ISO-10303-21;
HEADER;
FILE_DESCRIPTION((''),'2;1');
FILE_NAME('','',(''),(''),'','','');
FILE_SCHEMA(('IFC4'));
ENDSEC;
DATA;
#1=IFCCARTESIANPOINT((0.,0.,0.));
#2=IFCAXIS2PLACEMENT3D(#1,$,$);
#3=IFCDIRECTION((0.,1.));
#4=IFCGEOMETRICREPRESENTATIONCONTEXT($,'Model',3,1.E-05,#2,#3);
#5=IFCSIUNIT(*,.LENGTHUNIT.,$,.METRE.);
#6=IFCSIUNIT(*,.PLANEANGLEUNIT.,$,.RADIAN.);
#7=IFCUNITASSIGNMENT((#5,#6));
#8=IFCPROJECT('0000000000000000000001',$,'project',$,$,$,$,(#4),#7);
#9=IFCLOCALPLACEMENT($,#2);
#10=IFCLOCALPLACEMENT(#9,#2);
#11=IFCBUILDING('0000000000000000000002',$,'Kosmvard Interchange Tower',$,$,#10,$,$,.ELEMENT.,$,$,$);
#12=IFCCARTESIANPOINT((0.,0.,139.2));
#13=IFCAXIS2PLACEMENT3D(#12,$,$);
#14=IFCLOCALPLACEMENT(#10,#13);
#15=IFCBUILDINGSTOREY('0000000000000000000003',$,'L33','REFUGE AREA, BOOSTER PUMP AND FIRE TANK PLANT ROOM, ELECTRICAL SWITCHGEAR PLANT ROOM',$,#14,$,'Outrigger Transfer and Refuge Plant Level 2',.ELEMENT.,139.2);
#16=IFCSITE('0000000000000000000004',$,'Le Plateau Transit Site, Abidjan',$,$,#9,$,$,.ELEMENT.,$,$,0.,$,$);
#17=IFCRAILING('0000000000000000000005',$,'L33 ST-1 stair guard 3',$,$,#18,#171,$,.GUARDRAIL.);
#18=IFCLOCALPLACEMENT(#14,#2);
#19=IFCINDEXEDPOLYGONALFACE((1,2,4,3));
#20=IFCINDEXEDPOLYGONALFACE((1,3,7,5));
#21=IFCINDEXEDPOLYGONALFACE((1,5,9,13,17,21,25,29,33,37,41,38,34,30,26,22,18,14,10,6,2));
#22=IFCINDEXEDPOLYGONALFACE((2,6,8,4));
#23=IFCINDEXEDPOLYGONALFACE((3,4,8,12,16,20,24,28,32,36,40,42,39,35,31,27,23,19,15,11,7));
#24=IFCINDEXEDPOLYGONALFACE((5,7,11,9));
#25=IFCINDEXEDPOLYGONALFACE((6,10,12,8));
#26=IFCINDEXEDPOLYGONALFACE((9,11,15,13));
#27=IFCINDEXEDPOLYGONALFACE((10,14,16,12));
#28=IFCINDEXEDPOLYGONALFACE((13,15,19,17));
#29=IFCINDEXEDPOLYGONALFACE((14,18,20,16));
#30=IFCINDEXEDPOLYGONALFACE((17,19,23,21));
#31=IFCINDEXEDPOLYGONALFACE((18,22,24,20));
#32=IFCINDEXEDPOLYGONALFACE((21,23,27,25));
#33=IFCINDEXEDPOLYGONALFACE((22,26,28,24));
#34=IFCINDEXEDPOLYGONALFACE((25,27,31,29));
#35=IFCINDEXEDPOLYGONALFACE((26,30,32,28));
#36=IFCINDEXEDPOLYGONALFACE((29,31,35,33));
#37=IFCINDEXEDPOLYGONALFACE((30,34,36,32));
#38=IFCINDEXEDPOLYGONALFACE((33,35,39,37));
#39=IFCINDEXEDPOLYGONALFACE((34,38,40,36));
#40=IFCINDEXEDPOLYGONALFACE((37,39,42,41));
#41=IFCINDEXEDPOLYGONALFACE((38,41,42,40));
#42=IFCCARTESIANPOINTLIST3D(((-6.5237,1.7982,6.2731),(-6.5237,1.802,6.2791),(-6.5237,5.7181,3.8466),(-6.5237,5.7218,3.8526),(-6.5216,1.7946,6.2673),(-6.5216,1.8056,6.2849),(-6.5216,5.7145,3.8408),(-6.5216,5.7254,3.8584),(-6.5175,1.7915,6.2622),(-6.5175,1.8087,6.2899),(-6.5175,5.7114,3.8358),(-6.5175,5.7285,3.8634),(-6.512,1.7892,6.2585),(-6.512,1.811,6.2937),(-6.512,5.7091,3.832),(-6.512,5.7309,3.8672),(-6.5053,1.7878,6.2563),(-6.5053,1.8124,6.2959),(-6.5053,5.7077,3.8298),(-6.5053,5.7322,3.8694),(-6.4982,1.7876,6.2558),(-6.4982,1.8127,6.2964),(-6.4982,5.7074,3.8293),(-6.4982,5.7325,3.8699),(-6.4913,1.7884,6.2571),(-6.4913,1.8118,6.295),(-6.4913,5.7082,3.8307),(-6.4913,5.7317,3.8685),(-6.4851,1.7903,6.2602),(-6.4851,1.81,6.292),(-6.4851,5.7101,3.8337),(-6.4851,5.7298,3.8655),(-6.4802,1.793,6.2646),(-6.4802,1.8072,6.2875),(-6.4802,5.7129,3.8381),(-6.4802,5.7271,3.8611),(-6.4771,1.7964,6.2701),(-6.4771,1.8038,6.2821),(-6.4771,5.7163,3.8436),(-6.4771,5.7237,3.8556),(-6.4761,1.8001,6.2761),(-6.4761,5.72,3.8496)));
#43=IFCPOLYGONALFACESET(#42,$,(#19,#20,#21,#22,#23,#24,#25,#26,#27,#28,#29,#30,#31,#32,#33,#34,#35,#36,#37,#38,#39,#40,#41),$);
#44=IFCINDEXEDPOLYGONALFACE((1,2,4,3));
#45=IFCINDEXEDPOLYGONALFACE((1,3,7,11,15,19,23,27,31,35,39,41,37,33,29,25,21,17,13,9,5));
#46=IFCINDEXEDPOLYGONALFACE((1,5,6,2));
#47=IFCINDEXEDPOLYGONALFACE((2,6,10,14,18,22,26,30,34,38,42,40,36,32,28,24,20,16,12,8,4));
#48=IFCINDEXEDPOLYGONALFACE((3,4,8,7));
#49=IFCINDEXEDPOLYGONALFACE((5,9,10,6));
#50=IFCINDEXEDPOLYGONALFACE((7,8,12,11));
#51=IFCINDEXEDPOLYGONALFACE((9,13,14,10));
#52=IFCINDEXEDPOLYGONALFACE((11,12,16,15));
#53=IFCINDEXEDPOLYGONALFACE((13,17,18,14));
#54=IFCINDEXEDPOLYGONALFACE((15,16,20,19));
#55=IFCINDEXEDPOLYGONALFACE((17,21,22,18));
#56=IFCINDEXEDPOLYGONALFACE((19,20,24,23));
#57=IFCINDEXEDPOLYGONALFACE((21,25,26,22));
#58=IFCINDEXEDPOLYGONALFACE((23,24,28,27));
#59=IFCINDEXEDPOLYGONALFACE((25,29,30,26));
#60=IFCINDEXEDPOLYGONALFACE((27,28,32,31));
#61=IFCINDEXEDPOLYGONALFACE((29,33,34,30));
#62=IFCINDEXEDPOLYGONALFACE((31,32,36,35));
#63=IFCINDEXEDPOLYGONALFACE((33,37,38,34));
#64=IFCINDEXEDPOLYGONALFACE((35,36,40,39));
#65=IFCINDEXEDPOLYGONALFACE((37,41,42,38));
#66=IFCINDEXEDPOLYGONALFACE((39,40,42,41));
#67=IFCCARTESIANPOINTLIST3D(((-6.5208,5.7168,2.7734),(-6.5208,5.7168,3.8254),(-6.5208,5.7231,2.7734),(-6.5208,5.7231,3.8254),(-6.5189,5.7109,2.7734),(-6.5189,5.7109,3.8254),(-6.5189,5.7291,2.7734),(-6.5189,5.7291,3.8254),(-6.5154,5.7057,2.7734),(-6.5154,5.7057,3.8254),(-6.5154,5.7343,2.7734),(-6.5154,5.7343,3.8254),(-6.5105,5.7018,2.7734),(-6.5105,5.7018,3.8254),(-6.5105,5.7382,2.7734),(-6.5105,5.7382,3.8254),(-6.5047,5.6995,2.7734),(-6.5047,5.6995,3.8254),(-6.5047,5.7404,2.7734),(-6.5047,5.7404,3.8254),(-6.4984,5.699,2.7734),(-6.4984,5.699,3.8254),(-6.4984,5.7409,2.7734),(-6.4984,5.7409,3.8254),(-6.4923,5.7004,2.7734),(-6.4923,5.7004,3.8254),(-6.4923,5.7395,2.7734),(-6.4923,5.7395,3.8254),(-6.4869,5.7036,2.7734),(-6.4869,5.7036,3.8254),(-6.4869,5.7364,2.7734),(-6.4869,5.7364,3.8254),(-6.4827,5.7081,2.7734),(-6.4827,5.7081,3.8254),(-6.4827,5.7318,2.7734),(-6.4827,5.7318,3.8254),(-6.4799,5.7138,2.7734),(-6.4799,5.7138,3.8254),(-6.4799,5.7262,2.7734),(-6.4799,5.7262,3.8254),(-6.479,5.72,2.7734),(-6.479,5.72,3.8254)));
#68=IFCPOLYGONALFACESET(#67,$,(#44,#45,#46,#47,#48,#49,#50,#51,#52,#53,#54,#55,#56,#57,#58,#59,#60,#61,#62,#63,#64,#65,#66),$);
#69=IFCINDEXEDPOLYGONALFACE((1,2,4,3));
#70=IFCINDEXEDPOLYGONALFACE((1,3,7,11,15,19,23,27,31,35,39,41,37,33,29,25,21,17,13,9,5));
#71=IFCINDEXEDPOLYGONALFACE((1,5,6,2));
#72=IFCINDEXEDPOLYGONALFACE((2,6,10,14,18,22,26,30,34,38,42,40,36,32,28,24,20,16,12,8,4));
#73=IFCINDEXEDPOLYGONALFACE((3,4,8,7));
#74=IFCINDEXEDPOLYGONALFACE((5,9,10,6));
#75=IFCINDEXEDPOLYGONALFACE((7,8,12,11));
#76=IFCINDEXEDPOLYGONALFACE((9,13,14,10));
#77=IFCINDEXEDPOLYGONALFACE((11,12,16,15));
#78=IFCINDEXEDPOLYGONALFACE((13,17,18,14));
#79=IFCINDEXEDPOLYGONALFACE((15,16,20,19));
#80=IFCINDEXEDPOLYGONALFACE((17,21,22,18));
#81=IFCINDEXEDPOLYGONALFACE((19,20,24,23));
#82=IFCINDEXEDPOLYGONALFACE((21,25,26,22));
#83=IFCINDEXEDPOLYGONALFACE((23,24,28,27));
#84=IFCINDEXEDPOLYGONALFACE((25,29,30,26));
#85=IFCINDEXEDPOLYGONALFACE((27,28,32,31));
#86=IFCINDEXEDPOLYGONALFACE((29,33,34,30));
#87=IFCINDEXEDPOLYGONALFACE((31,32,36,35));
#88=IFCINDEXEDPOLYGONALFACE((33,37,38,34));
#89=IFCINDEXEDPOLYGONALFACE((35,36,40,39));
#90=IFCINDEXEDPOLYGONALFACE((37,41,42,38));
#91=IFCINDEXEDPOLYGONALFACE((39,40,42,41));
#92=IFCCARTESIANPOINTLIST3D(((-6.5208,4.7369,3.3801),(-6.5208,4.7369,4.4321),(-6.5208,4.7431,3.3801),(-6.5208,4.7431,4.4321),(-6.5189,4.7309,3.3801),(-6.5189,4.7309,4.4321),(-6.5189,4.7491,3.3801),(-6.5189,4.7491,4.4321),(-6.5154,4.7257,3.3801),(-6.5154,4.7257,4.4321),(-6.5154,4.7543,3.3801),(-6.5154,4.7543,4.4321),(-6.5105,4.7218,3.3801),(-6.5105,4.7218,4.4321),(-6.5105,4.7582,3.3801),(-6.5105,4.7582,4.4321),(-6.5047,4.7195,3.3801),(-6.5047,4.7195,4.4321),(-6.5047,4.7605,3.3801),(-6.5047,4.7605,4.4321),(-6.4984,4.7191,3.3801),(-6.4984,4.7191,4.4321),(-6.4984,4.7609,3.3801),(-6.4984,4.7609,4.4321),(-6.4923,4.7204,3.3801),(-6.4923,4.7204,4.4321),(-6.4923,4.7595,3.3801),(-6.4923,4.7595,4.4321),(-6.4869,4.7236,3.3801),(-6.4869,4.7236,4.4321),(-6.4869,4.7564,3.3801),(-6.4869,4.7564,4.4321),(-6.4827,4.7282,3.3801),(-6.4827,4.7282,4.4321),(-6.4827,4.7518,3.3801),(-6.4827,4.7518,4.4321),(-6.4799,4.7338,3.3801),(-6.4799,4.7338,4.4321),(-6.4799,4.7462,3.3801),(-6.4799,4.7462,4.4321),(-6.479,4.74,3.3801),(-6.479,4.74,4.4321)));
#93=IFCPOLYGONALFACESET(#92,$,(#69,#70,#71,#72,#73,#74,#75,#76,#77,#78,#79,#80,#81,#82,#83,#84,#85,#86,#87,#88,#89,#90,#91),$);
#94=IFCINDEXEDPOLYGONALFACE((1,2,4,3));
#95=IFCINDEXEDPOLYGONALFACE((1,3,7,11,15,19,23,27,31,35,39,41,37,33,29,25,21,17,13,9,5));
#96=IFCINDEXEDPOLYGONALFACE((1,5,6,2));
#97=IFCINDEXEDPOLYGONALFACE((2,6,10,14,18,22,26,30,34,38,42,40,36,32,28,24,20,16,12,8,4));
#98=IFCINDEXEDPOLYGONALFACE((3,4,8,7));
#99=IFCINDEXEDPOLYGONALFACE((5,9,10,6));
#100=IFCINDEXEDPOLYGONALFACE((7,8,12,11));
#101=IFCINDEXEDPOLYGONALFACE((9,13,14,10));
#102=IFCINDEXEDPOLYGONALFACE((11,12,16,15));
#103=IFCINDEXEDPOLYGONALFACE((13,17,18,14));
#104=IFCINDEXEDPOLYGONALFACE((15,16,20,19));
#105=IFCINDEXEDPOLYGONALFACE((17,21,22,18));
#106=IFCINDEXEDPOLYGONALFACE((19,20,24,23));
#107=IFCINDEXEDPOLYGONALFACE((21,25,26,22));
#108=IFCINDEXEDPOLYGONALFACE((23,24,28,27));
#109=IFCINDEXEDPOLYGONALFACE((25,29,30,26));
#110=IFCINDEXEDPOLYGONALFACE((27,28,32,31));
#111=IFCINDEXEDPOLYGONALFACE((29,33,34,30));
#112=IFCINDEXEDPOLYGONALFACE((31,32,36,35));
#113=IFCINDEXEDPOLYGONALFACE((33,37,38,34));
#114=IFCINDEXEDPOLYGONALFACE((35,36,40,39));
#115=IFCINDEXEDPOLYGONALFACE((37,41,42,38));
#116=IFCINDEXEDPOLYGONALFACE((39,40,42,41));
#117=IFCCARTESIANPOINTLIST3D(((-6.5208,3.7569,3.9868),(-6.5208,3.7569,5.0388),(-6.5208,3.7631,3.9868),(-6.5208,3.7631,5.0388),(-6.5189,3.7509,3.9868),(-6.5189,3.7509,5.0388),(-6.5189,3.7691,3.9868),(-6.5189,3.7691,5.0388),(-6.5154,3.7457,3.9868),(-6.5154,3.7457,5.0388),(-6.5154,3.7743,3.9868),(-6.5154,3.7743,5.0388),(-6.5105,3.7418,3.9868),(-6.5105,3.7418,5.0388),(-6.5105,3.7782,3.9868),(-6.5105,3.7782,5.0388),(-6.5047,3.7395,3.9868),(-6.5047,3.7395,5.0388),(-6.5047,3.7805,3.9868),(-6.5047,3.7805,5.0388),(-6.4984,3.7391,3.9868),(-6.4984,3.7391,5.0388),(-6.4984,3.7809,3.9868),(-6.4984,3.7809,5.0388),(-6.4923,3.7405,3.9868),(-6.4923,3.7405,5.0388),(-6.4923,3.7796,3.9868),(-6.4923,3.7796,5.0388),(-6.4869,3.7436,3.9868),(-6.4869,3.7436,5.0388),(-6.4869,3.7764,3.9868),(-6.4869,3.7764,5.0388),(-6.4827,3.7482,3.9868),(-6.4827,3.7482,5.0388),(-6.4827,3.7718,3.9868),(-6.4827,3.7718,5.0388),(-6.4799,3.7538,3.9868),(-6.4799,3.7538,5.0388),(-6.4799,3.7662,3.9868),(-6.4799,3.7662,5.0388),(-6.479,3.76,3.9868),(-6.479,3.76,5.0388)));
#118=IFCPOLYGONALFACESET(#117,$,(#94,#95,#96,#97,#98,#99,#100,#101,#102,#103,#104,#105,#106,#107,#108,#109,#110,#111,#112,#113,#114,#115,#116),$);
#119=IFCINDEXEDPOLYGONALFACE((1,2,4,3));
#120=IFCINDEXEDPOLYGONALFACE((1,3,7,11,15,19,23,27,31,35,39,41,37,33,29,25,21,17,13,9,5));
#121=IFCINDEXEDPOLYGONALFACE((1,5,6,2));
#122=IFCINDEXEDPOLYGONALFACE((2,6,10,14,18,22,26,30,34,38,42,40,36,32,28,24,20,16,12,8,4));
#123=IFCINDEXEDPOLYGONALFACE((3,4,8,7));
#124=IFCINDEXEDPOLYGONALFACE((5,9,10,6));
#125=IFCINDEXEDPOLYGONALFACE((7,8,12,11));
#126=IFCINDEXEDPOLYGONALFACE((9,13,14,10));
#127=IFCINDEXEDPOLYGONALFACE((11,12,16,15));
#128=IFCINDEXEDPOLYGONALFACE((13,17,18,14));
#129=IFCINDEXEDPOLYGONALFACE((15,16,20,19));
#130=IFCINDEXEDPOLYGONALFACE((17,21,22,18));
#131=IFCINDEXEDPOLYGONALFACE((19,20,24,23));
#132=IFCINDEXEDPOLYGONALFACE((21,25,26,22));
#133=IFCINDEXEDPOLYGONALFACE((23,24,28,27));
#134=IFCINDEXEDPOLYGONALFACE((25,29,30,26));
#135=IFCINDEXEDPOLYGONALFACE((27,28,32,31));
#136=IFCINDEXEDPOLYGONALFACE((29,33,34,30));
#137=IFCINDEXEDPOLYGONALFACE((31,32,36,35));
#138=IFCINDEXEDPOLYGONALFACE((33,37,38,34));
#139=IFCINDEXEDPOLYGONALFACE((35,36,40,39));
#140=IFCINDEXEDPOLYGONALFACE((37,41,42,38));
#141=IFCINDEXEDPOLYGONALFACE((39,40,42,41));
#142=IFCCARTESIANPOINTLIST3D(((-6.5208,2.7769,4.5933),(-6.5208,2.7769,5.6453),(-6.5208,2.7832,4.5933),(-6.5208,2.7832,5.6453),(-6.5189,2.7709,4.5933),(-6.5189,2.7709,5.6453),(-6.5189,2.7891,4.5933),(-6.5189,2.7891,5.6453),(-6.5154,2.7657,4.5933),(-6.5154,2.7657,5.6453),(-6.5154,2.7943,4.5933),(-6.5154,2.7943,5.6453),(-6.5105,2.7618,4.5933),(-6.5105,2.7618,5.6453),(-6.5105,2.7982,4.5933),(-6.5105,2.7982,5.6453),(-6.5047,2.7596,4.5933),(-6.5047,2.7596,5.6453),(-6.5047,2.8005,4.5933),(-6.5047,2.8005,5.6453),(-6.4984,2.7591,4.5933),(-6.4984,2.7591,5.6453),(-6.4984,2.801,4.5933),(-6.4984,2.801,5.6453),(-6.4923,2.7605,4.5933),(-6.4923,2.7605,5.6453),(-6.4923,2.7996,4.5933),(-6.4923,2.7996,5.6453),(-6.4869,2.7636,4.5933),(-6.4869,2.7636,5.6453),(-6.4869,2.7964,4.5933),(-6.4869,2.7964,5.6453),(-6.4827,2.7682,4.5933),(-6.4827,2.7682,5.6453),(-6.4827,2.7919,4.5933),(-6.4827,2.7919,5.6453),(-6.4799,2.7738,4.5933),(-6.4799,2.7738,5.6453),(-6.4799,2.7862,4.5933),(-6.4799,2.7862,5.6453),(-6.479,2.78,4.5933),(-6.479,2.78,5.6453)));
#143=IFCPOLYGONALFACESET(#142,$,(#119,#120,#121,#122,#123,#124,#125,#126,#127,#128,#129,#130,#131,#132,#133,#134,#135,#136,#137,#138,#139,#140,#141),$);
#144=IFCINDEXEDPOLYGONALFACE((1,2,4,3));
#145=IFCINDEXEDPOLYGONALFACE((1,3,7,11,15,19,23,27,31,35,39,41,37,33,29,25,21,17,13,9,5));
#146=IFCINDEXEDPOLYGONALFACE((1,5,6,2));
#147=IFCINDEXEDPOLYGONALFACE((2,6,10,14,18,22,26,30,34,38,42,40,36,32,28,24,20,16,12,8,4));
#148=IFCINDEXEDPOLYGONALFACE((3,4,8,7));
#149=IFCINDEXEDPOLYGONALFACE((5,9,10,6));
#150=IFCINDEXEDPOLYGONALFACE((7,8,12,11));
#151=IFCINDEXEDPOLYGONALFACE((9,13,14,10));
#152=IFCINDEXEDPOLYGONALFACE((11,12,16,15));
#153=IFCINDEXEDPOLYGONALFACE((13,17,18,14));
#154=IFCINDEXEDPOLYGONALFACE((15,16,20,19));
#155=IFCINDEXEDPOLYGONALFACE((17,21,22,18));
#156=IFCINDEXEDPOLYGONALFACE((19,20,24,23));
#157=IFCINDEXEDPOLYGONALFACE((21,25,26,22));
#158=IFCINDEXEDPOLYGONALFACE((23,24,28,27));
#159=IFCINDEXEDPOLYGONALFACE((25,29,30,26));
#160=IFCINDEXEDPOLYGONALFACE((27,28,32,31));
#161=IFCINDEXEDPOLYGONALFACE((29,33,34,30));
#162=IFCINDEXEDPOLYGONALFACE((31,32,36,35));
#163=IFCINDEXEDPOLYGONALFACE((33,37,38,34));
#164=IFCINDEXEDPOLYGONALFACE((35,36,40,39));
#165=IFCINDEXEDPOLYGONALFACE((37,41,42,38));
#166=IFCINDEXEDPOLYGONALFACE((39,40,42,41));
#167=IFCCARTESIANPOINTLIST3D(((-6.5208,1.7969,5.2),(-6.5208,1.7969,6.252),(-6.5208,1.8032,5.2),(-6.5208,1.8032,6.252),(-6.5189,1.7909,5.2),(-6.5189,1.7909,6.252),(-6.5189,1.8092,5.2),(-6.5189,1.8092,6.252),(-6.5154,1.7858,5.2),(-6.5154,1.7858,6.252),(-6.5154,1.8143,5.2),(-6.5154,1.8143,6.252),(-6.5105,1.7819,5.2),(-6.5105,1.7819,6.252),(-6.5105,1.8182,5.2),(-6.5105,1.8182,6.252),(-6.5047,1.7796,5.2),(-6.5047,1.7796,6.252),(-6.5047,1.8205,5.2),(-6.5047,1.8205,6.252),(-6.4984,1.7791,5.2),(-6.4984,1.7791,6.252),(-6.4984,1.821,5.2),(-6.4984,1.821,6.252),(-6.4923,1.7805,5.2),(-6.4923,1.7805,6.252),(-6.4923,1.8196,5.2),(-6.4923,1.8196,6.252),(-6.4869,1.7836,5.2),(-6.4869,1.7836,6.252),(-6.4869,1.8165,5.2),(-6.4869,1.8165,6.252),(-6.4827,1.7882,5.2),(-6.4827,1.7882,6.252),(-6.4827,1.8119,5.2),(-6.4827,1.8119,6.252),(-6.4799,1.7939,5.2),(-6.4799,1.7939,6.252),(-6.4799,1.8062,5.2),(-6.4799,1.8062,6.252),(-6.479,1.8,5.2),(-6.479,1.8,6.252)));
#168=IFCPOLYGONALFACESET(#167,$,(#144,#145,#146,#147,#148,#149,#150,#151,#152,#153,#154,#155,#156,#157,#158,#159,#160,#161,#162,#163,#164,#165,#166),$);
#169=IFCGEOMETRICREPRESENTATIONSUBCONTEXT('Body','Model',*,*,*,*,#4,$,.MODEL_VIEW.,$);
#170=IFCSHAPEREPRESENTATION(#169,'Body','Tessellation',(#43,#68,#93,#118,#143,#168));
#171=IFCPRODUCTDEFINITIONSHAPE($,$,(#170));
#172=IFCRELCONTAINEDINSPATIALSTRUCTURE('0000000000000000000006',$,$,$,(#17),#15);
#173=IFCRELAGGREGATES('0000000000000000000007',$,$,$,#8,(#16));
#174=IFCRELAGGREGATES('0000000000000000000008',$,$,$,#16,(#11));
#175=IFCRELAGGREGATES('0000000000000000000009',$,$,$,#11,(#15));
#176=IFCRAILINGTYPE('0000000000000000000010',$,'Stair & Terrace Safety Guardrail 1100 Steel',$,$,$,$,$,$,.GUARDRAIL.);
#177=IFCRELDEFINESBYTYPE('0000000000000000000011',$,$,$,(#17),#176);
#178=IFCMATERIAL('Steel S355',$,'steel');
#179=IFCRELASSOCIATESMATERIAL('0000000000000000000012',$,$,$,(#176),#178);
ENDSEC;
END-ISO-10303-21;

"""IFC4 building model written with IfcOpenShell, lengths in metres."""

from ifc_helpers import new_model, si_unit, direction, frame, origin, origin_2d, place, context, subcontext, project, spatial, circle, extrude, source, transform, mapped, material, type_object, element, save


model = new_model("IFC4")

# Units and contexts
model_context = context("Model", 3, precision=1e-05, world=origin(), true_north=direction((0.0, 1.0)))
body_context = subcontext(model_context, "Body", "Model", "MODEL_VIEW")
ifc_project = project(units=[si_unit("LENGTHUNIT", "METRE"), si_unit("PLANEANGLEUNIT", "RADIAN")], contexts=[model_context])

# Site, building, storey
site_placement = place(None, origin())
site = spatial("IfcSite", under=ifc_project, at=site_placement, Name="Le Plateau Transit Site, Abidjan", CompositionType="ELEMENT", RefElevation=0.0)
building_placement = place(site_placement, origin())
building = spatial("IfcBuilding", under=site, at=building_placement, Name="Kosmvard Interchange Tower", CompositionType="ELEMENT")
storey_placement = place(building_placement, frame((0.0, 0.0, 139.2)))
storey = spatial("IfcBuildingStorey", under=building, at=storey_placement, Name="L33", Description="REFUGE AREA, BOOSTER PUMP AND FIRE TANK PLANT ROOM, ELECTRICAL SWITCHGEAR PLANT ROOM", LongName="Outrigger Transfer and Refuge Plant Level 2", CompositionType="ELEMENT", Elevation=139.2)

# Railing
ifc_material_1 = material(Name="Steel S355", Category="steel")
railing_type_1 = type_object("IfcRailingType", Name="Stair & Terrace Safety Guardrail 1100 Steel", PredefinedType="GUARDRAIL", material=ifc_material_1)
shared_shape_1 = source(origin(), body_context, "Body", "SweptSolid", [
    extrude(circle(Radius=0.0239, at=origin_2d()), frame((0.0, 0.0, 1.0762), z_axis=(0.0, -0.850275, 0.526338), x_axis=(1.0, 0.0, 0.0)), (0.0, 0.0, 1.0), 4.6101),
    extrude(circle(Radius=0.021, at=origin_2d()), origin(), (0.0, 0.0, 1.0), 1.052),
    extrude(circle(Radius=0.021, at=origin_2d()), frame((0.0, -0.98, 0.6067)), (0.0, 0.0, 1.0), 1.052),
    extrude(circle(Radius=0.021, at=origin_2d()), frame((0.0, -1.96, 1.2134)), (0.0, 0.0, 1.0), 1.052),
    extrude(circle(Radius=0.021, at=origin_2d()), frame((0.0, -2.9399, 1.8198)), (0.0, 0.0, 1.0), 1.052),
    extrude(circle(Radius=0.021, at=origin_2d()), frame((0.0, -3.9199, 2.4265)), (0.0, 0.0, 1.0), 1.052),
])
railing_1_placement = place(storey_placement, frame((-6.5, 5.72, 2.7734)))
element("IfcRailing", 1, at=railing_1_placement, inside=storey, type_object=railing_type_1, Name="L33 ST-1 stair guard 3", PredefinedType="GUARDRAIL", context=body_context, shape_type="MappedRepresentation", body=[
    mapped(shared_shape_1, transform((0.0, 0.0, 0.0), scale=1.0)),
])

save(model, "model.ifc")
